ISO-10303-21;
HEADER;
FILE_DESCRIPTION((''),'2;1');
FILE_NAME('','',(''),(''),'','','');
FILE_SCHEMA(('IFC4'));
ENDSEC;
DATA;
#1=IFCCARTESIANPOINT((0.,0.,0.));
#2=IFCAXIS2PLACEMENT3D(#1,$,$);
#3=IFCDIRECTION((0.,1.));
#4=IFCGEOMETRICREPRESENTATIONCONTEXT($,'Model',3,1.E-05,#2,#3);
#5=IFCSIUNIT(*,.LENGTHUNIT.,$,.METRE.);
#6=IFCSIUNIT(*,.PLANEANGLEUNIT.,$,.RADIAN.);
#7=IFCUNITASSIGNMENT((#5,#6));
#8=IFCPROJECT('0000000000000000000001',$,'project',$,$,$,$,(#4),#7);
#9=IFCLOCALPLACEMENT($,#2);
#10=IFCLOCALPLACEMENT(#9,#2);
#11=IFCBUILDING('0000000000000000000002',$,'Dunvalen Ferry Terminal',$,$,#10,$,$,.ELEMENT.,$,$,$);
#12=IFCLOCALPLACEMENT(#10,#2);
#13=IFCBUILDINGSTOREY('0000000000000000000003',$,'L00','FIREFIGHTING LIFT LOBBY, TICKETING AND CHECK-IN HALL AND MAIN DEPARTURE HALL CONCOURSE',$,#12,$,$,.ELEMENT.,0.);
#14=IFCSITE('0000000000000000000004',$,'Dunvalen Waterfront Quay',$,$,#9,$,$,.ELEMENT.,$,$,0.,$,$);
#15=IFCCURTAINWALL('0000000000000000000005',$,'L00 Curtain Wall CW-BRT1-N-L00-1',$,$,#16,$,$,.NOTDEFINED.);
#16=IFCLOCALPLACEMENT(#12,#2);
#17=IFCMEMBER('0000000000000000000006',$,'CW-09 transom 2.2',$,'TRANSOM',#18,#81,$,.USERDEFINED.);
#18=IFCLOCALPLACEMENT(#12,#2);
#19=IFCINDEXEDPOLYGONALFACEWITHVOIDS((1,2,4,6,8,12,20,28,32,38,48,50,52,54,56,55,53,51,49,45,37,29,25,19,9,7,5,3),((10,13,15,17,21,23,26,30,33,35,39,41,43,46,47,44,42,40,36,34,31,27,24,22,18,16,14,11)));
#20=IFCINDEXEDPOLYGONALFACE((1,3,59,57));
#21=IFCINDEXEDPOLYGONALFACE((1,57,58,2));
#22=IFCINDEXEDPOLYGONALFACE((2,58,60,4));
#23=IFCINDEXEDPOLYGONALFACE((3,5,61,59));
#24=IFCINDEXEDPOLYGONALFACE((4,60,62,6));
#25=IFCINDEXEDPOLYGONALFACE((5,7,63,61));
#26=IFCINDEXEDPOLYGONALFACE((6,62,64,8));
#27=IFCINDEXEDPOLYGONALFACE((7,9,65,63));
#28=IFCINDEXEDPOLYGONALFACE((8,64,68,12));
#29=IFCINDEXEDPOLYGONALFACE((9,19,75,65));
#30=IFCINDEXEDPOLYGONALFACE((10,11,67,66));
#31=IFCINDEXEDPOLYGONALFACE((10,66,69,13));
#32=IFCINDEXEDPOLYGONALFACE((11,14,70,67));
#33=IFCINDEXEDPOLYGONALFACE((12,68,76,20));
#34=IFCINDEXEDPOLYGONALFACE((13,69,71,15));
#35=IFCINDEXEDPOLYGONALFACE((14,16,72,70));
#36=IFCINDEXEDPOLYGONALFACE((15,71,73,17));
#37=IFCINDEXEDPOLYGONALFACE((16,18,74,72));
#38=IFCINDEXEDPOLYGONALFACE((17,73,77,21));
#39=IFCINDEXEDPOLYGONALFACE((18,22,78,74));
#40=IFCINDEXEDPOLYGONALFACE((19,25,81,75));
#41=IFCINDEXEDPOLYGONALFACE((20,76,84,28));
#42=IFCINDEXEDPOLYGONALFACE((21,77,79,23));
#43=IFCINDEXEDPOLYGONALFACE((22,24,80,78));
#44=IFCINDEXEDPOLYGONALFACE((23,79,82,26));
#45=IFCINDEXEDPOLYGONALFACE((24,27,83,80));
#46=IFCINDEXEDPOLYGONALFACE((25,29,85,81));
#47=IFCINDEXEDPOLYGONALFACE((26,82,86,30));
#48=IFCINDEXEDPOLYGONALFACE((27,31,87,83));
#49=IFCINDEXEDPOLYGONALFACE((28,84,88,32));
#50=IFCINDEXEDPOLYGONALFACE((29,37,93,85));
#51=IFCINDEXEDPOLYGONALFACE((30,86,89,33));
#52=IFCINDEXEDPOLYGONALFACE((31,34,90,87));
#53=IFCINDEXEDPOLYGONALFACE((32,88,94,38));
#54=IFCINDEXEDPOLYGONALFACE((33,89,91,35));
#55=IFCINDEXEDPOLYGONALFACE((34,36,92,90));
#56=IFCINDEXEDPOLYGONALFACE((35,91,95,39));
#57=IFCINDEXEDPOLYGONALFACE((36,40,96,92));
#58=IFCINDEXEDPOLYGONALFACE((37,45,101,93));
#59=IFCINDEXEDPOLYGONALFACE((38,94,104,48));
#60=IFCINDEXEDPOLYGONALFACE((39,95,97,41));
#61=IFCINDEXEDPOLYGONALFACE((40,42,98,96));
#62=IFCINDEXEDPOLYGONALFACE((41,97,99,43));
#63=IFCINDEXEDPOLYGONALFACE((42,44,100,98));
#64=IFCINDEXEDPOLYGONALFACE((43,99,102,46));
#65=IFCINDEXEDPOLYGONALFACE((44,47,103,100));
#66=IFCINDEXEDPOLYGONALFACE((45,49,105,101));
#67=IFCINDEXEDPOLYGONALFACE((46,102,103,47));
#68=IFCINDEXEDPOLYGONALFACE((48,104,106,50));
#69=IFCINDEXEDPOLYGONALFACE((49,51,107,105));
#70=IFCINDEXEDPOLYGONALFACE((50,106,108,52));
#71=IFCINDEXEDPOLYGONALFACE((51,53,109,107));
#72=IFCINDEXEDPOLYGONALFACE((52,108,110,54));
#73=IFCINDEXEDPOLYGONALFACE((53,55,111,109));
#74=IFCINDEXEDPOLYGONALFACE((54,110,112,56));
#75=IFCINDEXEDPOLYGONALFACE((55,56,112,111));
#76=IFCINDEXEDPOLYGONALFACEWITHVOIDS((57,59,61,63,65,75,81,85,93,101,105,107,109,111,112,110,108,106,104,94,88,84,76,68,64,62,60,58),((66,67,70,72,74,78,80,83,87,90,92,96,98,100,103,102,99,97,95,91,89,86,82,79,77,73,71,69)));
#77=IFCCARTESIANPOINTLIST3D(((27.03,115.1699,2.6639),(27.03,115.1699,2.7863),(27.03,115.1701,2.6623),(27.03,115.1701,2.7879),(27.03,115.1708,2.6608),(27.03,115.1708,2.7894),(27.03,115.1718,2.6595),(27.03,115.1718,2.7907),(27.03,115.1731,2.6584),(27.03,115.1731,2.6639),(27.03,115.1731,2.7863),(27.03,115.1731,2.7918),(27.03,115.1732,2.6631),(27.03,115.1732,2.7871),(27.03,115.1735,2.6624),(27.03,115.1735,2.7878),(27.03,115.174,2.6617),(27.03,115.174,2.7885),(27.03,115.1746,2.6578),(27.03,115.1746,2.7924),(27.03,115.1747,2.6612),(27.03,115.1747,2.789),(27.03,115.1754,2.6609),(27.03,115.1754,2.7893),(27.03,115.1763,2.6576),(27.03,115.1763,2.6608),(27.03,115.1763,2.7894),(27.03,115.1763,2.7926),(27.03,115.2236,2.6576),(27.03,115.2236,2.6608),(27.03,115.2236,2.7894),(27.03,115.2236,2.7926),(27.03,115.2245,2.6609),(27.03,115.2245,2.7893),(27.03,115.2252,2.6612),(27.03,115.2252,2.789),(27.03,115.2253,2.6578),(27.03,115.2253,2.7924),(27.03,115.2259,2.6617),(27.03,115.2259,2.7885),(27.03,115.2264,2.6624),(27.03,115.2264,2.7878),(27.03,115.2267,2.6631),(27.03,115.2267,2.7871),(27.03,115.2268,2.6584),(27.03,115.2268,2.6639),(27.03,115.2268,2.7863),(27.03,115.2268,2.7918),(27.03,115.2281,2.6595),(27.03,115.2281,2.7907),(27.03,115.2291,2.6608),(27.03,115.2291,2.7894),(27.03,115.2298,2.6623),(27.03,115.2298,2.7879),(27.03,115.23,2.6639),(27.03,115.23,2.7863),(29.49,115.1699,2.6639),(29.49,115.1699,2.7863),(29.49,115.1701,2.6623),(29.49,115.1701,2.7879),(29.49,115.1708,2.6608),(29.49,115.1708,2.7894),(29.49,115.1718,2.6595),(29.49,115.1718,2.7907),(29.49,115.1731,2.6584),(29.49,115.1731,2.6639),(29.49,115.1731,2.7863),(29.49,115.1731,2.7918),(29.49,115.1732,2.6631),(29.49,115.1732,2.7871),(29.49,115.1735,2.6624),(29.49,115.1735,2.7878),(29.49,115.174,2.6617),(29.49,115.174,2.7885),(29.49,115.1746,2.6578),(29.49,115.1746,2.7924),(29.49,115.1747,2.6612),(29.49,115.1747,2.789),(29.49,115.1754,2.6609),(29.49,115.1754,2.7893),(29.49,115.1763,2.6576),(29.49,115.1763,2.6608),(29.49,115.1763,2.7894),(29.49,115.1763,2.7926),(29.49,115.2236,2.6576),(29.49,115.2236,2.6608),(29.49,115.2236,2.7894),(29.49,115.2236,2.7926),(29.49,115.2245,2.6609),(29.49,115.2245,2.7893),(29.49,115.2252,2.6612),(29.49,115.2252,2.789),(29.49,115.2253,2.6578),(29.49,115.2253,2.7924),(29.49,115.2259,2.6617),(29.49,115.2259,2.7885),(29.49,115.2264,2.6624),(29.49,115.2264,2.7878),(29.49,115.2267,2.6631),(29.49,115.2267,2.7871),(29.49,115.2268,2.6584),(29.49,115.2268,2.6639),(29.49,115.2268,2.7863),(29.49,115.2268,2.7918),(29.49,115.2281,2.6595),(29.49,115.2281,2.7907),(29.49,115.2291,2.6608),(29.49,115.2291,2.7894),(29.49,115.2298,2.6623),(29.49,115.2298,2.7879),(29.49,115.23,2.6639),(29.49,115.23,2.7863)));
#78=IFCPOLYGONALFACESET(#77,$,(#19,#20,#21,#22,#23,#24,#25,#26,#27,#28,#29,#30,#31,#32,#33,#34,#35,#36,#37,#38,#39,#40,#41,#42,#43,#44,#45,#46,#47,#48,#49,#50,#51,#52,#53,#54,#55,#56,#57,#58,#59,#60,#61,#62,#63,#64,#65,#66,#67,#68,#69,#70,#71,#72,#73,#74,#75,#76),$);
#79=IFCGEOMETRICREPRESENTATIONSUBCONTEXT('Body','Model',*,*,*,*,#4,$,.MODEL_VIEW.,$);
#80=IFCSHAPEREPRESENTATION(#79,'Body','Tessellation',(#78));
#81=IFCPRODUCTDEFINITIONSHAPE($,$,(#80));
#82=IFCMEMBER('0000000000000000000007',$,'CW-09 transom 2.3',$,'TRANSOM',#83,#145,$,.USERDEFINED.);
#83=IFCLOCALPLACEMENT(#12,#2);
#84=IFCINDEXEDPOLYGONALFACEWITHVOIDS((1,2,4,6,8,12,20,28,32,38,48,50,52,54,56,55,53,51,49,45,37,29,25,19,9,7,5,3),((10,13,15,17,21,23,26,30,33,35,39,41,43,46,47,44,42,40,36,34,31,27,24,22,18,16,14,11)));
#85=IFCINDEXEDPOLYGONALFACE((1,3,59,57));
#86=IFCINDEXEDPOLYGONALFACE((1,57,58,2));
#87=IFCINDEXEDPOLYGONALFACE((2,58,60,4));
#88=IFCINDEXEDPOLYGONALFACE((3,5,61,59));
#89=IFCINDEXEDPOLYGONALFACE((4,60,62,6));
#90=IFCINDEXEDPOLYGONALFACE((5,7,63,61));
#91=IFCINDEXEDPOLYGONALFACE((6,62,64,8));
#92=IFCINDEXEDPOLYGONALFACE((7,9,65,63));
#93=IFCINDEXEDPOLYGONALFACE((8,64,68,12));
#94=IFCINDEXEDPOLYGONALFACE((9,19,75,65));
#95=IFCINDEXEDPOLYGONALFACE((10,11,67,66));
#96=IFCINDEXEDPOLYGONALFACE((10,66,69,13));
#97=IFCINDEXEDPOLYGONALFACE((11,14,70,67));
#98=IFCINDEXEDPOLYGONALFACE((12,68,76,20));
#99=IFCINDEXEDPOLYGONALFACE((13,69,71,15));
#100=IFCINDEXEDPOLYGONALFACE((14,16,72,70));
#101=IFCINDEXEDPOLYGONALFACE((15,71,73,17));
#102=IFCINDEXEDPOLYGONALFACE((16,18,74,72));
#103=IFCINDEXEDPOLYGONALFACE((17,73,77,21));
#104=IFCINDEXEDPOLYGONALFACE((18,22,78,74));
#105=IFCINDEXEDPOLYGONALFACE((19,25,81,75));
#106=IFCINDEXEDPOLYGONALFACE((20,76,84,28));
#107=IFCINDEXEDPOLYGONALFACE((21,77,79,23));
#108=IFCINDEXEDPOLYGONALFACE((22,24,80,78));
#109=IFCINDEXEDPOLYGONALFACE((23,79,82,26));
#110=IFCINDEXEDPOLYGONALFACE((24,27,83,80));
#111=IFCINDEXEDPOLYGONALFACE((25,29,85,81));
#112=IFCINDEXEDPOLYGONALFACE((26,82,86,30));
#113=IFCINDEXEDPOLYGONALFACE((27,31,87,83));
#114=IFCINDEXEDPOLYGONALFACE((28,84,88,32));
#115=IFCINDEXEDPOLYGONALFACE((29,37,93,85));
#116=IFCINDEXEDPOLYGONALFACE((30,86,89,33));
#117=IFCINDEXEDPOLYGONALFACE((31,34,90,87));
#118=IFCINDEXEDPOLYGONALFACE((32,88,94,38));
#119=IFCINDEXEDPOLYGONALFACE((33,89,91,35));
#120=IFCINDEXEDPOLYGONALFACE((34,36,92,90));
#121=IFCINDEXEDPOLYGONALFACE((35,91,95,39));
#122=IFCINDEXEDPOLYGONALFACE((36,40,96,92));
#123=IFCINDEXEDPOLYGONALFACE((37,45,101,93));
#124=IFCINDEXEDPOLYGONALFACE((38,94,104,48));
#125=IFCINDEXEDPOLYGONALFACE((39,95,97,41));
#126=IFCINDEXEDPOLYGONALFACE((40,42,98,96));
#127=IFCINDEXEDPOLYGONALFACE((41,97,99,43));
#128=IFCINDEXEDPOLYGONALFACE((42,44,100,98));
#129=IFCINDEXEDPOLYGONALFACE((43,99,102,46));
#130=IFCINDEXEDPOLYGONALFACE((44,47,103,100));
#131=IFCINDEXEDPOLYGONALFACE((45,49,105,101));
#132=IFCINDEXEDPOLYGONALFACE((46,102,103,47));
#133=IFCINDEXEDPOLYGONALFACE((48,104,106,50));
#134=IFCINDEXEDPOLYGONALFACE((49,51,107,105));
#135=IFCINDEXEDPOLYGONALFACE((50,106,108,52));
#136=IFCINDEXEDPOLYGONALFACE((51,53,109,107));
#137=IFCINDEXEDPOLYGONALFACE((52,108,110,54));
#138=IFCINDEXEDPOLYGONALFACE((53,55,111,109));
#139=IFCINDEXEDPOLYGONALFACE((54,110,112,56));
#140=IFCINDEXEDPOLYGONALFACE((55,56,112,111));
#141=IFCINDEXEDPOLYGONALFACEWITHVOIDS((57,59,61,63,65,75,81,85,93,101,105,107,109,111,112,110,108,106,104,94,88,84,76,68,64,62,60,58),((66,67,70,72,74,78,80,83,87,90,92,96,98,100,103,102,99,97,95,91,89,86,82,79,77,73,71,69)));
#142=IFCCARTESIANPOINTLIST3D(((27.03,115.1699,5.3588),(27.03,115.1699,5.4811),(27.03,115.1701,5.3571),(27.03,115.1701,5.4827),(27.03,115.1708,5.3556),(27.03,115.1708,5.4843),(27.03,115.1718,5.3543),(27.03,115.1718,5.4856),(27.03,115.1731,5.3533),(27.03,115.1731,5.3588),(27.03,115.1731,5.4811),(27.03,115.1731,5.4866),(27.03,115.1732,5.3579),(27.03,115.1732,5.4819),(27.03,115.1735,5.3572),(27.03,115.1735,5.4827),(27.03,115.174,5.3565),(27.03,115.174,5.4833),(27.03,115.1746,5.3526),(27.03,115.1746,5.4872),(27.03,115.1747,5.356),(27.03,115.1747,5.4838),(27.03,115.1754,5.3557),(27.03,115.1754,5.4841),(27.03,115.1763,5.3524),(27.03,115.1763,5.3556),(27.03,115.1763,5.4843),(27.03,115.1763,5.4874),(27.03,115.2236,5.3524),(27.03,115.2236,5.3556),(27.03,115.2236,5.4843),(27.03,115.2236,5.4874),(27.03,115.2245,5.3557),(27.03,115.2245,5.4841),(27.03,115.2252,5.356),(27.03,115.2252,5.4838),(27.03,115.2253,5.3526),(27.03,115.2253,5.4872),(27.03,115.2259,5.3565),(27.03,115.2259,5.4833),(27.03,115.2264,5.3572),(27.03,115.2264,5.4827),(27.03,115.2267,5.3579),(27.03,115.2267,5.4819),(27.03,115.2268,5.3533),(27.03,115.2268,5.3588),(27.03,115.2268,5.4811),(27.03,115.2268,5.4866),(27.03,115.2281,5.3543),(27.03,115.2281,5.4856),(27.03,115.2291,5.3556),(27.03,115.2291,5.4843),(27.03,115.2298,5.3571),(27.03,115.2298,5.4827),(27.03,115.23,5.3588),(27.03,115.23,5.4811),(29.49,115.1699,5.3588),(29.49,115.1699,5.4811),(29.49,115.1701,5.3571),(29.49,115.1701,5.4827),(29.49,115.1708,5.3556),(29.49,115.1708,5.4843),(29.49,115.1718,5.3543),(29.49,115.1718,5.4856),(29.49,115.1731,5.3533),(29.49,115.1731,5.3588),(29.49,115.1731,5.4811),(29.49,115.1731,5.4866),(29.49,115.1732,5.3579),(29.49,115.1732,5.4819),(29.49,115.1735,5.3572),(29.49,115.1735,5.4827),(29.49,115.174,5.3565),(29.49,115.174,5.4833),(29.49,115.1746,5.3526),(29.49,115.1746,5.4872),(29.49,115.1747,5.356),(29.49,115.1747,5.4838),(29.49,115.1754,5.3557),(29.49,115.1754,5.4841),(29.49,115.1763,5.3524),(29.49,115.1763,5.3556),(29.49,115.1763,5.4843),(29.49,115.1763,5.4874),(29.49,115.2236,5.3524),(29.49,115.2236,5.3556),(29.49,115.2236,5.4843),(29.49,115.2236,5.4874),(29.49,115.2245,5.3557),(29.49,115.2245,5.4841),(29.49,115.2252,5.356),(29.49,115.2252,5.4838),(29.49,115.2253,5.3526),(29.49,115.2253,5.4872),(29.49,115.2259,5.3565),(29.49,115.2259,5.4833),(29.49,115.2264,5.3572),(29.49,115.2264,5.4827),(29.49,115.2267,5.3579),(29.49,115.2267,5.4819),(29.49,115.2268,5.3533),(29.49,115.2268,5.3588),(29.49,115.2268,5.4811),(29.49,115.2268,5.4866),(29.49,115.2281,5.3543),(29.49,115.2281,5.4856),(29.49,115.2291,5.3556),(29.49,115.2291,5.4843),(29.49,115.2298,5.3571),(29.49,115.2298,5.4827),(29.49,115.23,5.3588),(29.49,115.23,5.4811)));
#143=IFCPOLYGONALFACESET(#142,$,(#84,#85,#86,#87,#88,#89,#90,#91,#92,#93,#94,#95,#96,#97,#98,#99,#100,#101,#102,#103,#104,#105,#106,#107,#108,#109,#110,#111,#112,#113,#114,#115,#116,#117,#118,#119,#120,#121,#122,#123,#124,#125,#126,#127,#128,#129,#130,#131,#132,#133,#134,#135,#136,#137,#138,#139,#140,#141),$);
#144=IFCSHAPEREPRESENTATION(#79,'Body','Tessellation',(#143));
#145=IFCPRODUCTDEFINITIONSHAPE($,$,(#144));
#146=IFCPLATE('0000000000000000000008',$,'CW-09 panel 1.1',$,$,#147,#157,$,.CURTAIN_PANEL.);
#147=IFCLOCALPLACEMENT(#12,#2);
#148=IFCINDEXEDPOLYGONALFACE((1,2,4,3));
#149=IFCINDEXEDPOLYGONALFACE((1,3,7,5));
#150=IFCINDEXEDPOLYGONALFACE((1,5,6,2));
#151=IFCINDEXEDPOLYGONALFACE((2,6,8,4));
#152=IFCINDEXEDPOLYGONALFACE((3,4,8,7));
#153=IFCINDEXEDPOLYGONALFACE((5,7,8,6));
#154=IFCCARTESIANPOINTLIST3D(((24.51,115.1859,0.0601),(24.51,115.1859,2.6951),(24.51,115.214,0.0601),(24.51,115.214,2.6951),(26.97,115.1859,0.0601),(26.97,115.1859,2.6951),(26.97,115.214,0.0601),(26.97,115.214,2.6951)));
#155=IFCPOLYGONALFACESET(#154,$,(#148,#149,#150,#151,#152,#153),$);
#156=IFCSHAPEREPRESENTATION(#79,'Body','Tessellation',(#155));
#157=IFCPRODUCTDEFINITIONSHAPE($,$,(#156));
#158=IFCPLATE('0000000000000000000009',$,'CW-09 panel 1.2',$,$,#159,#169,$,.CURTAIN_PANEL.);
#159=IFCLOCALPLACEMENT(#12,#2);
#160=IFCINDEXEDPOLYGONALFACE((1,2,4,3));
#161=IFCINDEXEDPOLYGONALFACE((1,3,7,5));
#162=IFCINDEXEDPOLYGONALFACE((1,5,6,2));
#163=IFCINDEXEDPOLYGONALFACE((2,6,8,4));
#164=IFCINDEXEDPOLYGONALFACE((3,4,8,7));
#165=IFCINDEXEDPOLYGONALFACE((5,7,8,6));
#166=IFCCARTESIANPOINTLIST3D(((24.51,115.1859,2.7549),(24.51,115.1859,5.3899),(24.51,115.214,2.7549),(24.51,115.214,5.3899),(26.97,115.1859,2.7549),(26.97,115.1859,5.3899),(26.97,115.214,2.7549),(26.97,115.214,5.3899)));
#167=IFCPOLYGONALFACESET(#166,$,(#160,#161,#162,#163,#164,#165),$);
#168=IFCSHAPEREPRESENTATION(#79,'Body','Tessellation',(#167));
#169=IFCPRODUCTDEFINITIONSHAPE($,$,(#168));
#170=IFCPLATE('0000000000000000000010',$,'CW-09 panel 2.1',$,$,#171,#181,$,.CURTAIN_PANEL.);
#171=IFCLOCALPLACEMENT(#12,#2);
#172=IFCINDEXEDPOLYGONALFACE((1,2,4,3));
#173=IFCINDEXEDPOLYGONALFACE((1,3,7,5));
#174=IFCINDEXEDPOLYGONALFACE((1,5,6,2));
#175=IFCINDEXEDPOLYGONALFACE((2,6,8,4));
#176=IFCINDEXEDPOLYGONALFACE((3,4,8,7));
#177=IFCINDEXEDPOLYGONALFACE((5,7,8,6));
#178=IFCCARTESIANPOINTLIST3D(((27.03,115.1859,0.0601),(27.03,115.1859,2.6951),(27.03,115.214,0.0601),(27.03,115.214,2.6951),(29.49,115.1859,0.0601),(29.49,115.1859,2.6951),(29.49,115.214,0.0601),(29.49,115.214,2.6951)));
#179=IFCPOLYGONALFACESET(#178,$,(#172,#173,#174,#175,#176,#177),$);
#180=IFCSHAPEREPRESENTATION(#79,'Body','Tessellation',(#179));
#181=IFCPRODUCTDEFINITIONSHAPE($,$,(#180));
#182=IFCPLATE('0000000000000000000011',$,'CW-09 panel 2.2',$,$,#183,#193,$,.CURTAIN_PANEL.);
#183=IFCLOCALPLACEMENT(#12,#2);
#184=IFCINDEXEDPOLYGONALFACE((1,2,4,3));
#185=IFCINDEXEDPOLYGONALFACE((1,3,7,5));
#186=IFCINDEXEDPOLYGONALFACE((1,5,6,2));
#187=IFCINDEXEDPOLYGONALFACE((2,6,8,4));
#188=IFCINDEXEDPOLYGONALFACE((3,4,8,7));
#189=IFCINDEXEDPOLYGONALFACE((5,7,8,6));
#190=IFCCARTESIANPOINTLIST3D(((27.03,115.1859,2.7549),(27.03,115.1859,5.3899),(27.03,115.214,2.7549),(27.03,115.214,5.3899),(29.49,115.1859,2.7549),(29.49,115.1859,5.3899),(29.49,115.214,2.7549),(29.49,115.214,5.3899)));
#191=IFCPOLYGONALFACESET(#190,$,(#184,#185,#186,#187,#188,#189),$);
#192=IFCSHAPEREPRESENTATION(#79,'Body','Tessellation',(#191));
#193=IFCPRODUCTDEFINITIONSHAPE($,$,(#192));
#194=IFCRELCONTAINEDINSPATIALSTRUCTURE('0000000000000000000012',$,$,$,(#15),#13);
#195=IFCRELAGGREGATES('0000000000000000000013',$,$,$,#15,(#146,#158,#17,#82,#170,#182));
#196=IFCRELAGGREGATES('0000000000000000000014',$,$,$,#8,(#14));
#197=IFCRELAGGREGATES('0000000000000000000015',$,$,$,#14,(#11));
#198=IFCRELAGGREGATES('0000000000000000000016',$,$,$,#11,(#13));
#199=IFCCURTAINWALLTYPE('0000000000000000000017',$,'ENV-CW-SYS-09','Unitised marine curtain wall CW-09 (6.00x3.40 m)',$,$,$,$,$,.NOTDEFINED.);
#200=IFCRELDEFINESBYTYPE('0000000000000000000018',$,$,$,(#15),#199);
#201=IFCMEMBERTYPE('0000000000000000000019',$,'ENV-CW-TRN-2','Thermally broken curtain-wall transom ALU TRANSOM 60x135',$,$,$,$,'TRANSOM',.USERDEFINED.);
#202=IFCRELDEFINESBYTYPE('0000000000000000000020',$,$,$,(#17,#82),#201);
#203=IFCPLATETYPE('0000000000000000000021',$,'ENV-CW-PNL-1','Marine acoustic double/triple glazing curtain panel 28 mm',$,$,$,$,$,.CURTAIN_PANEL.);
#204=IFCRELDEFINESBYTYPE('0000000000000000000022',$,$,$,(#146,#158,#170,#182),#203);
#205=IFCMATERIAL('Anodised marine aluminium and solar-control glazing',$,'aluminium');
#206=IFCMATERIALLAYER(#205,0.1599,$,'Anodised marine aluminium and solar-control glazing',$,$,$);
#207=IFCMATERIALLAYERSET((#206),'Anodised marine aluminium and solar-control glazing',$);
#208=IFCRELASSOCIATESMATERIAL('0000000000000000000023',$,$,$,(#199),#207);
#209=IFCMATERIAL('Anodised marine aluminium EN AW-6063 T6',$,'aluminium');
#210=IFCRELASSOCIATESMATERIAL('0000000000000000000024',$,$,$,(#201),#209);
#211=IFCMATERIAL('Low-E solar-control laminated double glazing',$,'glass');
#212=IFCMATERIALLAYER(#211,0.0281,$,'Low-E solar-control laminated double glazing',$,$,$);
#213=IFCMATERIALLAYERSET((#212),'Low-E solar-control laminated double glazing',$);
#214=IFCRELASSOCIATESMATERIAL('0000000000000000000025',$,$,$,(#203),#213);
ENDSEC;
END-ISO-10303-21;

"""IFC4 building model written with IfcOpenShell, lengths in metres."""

from ifc_helpers import new_model, si_unit, direction, frame, origin, origin_2d, place, context, subcontext, project, spatial, rectangle, hollow_rectangle, extrude, material, layer, layer_set, material_profile, profile_set, type_object, element, aggregate, save


model = new_model("IFC4")

# Units and contexts
model_context = context("Model", 3, precision=1e-05, world=origin(), true_north=direction((0.0, 1.0)))
body_context = subcontext(model_context, "Body", "Model", "MODEL_VIEW")
ifc_project = project(units=[si_unit("LENGTHUNIT", "METRE"), si_unit("PLANEANGLEUNIT", "RADIAN")], contexts=[model_context])

# Site, building, storey
site_placement = place(None, origin())
site = spatial("IfcSite", under=ifc_project, at=site_placement, Name="Dunvalen Waterfront Quay", CompositionType="ELEMENT", RefElevation=0.0)
building_placement = place(site_placement, origin())
building = spatial("IfcBuilding", under=site, at=building_placement, Name="Dunvalen Ferry Terminal", CompositionType="ELEMENT")
storey_placement = place(building_placement, origin())
storey = spatial("IfcBuildingStorey", under=building, at=storey_placement, Name="L00", Description="FIREFIGHTING LIFT LOBBY, TICKETING AND CHECK-IN HALL AND MAIN DEPARTURE HALL CONCOURSE", CompositionType="ELEMENT", Elevation=0.0)

# Curtain wall
ifc_material_1 = material(Name="Anodised marine aluminium and solar-control glazing", Category="aluminium")
ifc_layer_1 = layer(ifc_material_1, 0.1599, Name="Anodised marine aluminium and solar-control glazing")
ifc_layer_set_1 = layer_set([ifc_layer_1], Name="Anodised marine aluminium and solar-control glazing")
curtain_wall_type = type_object("IfcCurtainWallType", Name="ENV-CW-SYS-09", Description="Unitised marine curtain wall CW-09 (6.00x3.40 m)", PredefinedType="NOTDEFINED", material=ifc_layer_set_1)
curtain_wall_1_placement = place(storey_placement, origin())
curtain_wall_1 = element("IfcCurtainWall", 1, at=curtain_wall_1_placement, inside=storey, type_object=curtain_wall_type, Name="L00 Curtain Wall CW-BRT1-N-L00-1", PredefinedType="NOTDEFINED")
ifc_material_2 = material(Name="Anodised marine aluminium EN AW-6063 T6", Category="aluminium")

# Members
ifc_material_profile_1 = material_profile(ifc_material_2, hollow_rectangle(XDim=0.0601, YDim=0.135, WallThickness=0.0032, InnerFilletRadius=0.0032, OuterFilletRadius=0.0063, at=origin_2d()), Name="Anodised marine aluminium EN AW-6063 T6")
ifc_profile_set_1 = profile_set([ifc_material_profile_1], Name="Anodised marine aluminium EN AW-6063 T6")
member_type_1 = type_object("IfcMemberType", Name="ENV-CW-TRN-2", Description="Thermally broken curtain-wall transom ALU TRANSOM 60x135", ElementType="TRANSOM", PredefinedType="USERDEFINED", material=ifc_profile_set_1)
member_1_placement = place(storey_placement, frame((27.03, 115.2, 2.7251), z_axis=(1.0, 0.0, 0.0), x_axis=(0.0, 1.0, 0.0)))
member_1 = element("IfcMember", 2, at=member_1_placement, type_object=member_type_1, Name="CW-09 transom 2.2", ObjectType="TRANSOM", PredefinedType="USERDEFINED", context=body_context, shape_type="SweptSolid", body=[
    extrude(hollow_rectangle(XDim=0.0601, YDim=0.135, WallThickness=0.0032, InnerFilletRadius=0.0032, OuterFilletRadius=0.0063, at=origin_2d()), origin(), (0.0, 0.0, 1.0), 2.46),
])
member_2_placement = place(storey_placement, frame((27.03, 115.2, 5.4199), z_axis=(1.0, 0.0, 0.0), x_axis=(0.0, 1.0, 0.0)))
member_2 = element("IfcMember", 3, at=member_2_placement, type_object=member_type_1, Name="CW-09 transom 2.3", ObjectType="TRANSOM", PredefinedType="USERDEFINED", context=body_context, shape_type="SweptSolid", body=[
    extrude(hollow_rectangle(XDim=0.0601, YDim=0.135, WallThickness=0.0032, InnerFilletRadius=0.0032, OuterFilletRadius=0.0063, at=origin_2d()), origin(), (0.0, 0.0, 1.0), 2.46),
])

# Plates
ifc_material_3 = material(Name="Low-E solar-control laminated double glazing", Category="glass")
ifc_layer_2 = layer(ifc_material_3, 0.0281, Name="Low-E solar-control laminated double glazing")
ifc_layer_set_2 = layer_set([ifc_layer_2], Name="Low-E solar-control laminated double glazing")
plate_type = type_object("IfcPlateType", Name="ENV-CW-PNL-1", Description="Marine acoustic double/triple glazing curtain panel 28 mm", PredefinedType="CURTAIN_PANEL", material=ifc_layer_set_2)
plate_1_placement = place(storey_placement, frame((25.74, 115.2, 0.0601), z_axis=(0.0, 0.0, 1.0), x_axis=(1.0, 0.0, 0.0)))
plate_1 = element("IfcPlate", 4, at=plate_1_placement, type_object=plate_type, Name="CW-09 panel 1.1", PredefinedType="CURTAIN_PANEL", context=body_context, shape_type="SweptSolid", body=[
    extrude(rectangle(XDim=2.46, YDim=0.0281, at=origin_2d()), origin(), (0.0, 0.0, 1.0), 2.635),
])
plate_2_placement = place(storey_placement, frame((25.74, 115.2, 2.7549), z_axis=(0.0, 0.0, 1.0), x_axis=(1.0, 0.0, 0.0)))
plate_2 = element("IfcPlate", 5, at=plate_2_placement, type_object=plate_type, Name="CW-09 panel 1.2", PredefinedType="CURTAIN_PANEL", context=body_context, shape_type="SweptSolid", body=[
    extrude(rectangle(XDim=2.46, YDim=0.0281, at=origin_2d()), origin(), (0.0, 0.0, 1.0), 2.635),
])
plate_3_placement = place(storey_placement, frame((28.26, 115.2, 0.0601), z_axis=(0.0, 0.0, 1.0), x_axis=(1.0, 0.0, 0.0)))
plate_3 = element("IfcPlate", 6, at=plate_3_placement, type_object=plate_type, Name="CW-09 panel 2.1", PredefinedType="CURTAIN_PANEL", context=body_context, shape_type="SweptSolid", body=[
    extrude(rectangle(XDim=2.46, YDim=0.0281, at=origin_2d()), origin(), (0.0, 0.0, 1.0), 2.635),
])
plate_4_placement = place(storey_placement, frame((28.26, 115.2, 2.7549), z_axis=(0.0, 0.0, 1.0), x_axis=(1.0, 0.0, 0.0)))
plate_4 = element("IfcPlate", 7, at=plate_4_placement, type_object=plate_type, Name="CW-09 panel 2.2", PredefinedType="CURTAIN_PANEL", context=body_context, shape_type="SweptSolid", body=[
    extrude(rectangle(XDim=2.46, YDim=0.0281, at=origin_2d()), origin(), (0.0, 0.0, 1.0), 2.635),
])
aggregate(curtain_wall_1, [plate_1, plate_2, member_1, member_2, plate_3, plate_4])

save(model, "model.ifc")
